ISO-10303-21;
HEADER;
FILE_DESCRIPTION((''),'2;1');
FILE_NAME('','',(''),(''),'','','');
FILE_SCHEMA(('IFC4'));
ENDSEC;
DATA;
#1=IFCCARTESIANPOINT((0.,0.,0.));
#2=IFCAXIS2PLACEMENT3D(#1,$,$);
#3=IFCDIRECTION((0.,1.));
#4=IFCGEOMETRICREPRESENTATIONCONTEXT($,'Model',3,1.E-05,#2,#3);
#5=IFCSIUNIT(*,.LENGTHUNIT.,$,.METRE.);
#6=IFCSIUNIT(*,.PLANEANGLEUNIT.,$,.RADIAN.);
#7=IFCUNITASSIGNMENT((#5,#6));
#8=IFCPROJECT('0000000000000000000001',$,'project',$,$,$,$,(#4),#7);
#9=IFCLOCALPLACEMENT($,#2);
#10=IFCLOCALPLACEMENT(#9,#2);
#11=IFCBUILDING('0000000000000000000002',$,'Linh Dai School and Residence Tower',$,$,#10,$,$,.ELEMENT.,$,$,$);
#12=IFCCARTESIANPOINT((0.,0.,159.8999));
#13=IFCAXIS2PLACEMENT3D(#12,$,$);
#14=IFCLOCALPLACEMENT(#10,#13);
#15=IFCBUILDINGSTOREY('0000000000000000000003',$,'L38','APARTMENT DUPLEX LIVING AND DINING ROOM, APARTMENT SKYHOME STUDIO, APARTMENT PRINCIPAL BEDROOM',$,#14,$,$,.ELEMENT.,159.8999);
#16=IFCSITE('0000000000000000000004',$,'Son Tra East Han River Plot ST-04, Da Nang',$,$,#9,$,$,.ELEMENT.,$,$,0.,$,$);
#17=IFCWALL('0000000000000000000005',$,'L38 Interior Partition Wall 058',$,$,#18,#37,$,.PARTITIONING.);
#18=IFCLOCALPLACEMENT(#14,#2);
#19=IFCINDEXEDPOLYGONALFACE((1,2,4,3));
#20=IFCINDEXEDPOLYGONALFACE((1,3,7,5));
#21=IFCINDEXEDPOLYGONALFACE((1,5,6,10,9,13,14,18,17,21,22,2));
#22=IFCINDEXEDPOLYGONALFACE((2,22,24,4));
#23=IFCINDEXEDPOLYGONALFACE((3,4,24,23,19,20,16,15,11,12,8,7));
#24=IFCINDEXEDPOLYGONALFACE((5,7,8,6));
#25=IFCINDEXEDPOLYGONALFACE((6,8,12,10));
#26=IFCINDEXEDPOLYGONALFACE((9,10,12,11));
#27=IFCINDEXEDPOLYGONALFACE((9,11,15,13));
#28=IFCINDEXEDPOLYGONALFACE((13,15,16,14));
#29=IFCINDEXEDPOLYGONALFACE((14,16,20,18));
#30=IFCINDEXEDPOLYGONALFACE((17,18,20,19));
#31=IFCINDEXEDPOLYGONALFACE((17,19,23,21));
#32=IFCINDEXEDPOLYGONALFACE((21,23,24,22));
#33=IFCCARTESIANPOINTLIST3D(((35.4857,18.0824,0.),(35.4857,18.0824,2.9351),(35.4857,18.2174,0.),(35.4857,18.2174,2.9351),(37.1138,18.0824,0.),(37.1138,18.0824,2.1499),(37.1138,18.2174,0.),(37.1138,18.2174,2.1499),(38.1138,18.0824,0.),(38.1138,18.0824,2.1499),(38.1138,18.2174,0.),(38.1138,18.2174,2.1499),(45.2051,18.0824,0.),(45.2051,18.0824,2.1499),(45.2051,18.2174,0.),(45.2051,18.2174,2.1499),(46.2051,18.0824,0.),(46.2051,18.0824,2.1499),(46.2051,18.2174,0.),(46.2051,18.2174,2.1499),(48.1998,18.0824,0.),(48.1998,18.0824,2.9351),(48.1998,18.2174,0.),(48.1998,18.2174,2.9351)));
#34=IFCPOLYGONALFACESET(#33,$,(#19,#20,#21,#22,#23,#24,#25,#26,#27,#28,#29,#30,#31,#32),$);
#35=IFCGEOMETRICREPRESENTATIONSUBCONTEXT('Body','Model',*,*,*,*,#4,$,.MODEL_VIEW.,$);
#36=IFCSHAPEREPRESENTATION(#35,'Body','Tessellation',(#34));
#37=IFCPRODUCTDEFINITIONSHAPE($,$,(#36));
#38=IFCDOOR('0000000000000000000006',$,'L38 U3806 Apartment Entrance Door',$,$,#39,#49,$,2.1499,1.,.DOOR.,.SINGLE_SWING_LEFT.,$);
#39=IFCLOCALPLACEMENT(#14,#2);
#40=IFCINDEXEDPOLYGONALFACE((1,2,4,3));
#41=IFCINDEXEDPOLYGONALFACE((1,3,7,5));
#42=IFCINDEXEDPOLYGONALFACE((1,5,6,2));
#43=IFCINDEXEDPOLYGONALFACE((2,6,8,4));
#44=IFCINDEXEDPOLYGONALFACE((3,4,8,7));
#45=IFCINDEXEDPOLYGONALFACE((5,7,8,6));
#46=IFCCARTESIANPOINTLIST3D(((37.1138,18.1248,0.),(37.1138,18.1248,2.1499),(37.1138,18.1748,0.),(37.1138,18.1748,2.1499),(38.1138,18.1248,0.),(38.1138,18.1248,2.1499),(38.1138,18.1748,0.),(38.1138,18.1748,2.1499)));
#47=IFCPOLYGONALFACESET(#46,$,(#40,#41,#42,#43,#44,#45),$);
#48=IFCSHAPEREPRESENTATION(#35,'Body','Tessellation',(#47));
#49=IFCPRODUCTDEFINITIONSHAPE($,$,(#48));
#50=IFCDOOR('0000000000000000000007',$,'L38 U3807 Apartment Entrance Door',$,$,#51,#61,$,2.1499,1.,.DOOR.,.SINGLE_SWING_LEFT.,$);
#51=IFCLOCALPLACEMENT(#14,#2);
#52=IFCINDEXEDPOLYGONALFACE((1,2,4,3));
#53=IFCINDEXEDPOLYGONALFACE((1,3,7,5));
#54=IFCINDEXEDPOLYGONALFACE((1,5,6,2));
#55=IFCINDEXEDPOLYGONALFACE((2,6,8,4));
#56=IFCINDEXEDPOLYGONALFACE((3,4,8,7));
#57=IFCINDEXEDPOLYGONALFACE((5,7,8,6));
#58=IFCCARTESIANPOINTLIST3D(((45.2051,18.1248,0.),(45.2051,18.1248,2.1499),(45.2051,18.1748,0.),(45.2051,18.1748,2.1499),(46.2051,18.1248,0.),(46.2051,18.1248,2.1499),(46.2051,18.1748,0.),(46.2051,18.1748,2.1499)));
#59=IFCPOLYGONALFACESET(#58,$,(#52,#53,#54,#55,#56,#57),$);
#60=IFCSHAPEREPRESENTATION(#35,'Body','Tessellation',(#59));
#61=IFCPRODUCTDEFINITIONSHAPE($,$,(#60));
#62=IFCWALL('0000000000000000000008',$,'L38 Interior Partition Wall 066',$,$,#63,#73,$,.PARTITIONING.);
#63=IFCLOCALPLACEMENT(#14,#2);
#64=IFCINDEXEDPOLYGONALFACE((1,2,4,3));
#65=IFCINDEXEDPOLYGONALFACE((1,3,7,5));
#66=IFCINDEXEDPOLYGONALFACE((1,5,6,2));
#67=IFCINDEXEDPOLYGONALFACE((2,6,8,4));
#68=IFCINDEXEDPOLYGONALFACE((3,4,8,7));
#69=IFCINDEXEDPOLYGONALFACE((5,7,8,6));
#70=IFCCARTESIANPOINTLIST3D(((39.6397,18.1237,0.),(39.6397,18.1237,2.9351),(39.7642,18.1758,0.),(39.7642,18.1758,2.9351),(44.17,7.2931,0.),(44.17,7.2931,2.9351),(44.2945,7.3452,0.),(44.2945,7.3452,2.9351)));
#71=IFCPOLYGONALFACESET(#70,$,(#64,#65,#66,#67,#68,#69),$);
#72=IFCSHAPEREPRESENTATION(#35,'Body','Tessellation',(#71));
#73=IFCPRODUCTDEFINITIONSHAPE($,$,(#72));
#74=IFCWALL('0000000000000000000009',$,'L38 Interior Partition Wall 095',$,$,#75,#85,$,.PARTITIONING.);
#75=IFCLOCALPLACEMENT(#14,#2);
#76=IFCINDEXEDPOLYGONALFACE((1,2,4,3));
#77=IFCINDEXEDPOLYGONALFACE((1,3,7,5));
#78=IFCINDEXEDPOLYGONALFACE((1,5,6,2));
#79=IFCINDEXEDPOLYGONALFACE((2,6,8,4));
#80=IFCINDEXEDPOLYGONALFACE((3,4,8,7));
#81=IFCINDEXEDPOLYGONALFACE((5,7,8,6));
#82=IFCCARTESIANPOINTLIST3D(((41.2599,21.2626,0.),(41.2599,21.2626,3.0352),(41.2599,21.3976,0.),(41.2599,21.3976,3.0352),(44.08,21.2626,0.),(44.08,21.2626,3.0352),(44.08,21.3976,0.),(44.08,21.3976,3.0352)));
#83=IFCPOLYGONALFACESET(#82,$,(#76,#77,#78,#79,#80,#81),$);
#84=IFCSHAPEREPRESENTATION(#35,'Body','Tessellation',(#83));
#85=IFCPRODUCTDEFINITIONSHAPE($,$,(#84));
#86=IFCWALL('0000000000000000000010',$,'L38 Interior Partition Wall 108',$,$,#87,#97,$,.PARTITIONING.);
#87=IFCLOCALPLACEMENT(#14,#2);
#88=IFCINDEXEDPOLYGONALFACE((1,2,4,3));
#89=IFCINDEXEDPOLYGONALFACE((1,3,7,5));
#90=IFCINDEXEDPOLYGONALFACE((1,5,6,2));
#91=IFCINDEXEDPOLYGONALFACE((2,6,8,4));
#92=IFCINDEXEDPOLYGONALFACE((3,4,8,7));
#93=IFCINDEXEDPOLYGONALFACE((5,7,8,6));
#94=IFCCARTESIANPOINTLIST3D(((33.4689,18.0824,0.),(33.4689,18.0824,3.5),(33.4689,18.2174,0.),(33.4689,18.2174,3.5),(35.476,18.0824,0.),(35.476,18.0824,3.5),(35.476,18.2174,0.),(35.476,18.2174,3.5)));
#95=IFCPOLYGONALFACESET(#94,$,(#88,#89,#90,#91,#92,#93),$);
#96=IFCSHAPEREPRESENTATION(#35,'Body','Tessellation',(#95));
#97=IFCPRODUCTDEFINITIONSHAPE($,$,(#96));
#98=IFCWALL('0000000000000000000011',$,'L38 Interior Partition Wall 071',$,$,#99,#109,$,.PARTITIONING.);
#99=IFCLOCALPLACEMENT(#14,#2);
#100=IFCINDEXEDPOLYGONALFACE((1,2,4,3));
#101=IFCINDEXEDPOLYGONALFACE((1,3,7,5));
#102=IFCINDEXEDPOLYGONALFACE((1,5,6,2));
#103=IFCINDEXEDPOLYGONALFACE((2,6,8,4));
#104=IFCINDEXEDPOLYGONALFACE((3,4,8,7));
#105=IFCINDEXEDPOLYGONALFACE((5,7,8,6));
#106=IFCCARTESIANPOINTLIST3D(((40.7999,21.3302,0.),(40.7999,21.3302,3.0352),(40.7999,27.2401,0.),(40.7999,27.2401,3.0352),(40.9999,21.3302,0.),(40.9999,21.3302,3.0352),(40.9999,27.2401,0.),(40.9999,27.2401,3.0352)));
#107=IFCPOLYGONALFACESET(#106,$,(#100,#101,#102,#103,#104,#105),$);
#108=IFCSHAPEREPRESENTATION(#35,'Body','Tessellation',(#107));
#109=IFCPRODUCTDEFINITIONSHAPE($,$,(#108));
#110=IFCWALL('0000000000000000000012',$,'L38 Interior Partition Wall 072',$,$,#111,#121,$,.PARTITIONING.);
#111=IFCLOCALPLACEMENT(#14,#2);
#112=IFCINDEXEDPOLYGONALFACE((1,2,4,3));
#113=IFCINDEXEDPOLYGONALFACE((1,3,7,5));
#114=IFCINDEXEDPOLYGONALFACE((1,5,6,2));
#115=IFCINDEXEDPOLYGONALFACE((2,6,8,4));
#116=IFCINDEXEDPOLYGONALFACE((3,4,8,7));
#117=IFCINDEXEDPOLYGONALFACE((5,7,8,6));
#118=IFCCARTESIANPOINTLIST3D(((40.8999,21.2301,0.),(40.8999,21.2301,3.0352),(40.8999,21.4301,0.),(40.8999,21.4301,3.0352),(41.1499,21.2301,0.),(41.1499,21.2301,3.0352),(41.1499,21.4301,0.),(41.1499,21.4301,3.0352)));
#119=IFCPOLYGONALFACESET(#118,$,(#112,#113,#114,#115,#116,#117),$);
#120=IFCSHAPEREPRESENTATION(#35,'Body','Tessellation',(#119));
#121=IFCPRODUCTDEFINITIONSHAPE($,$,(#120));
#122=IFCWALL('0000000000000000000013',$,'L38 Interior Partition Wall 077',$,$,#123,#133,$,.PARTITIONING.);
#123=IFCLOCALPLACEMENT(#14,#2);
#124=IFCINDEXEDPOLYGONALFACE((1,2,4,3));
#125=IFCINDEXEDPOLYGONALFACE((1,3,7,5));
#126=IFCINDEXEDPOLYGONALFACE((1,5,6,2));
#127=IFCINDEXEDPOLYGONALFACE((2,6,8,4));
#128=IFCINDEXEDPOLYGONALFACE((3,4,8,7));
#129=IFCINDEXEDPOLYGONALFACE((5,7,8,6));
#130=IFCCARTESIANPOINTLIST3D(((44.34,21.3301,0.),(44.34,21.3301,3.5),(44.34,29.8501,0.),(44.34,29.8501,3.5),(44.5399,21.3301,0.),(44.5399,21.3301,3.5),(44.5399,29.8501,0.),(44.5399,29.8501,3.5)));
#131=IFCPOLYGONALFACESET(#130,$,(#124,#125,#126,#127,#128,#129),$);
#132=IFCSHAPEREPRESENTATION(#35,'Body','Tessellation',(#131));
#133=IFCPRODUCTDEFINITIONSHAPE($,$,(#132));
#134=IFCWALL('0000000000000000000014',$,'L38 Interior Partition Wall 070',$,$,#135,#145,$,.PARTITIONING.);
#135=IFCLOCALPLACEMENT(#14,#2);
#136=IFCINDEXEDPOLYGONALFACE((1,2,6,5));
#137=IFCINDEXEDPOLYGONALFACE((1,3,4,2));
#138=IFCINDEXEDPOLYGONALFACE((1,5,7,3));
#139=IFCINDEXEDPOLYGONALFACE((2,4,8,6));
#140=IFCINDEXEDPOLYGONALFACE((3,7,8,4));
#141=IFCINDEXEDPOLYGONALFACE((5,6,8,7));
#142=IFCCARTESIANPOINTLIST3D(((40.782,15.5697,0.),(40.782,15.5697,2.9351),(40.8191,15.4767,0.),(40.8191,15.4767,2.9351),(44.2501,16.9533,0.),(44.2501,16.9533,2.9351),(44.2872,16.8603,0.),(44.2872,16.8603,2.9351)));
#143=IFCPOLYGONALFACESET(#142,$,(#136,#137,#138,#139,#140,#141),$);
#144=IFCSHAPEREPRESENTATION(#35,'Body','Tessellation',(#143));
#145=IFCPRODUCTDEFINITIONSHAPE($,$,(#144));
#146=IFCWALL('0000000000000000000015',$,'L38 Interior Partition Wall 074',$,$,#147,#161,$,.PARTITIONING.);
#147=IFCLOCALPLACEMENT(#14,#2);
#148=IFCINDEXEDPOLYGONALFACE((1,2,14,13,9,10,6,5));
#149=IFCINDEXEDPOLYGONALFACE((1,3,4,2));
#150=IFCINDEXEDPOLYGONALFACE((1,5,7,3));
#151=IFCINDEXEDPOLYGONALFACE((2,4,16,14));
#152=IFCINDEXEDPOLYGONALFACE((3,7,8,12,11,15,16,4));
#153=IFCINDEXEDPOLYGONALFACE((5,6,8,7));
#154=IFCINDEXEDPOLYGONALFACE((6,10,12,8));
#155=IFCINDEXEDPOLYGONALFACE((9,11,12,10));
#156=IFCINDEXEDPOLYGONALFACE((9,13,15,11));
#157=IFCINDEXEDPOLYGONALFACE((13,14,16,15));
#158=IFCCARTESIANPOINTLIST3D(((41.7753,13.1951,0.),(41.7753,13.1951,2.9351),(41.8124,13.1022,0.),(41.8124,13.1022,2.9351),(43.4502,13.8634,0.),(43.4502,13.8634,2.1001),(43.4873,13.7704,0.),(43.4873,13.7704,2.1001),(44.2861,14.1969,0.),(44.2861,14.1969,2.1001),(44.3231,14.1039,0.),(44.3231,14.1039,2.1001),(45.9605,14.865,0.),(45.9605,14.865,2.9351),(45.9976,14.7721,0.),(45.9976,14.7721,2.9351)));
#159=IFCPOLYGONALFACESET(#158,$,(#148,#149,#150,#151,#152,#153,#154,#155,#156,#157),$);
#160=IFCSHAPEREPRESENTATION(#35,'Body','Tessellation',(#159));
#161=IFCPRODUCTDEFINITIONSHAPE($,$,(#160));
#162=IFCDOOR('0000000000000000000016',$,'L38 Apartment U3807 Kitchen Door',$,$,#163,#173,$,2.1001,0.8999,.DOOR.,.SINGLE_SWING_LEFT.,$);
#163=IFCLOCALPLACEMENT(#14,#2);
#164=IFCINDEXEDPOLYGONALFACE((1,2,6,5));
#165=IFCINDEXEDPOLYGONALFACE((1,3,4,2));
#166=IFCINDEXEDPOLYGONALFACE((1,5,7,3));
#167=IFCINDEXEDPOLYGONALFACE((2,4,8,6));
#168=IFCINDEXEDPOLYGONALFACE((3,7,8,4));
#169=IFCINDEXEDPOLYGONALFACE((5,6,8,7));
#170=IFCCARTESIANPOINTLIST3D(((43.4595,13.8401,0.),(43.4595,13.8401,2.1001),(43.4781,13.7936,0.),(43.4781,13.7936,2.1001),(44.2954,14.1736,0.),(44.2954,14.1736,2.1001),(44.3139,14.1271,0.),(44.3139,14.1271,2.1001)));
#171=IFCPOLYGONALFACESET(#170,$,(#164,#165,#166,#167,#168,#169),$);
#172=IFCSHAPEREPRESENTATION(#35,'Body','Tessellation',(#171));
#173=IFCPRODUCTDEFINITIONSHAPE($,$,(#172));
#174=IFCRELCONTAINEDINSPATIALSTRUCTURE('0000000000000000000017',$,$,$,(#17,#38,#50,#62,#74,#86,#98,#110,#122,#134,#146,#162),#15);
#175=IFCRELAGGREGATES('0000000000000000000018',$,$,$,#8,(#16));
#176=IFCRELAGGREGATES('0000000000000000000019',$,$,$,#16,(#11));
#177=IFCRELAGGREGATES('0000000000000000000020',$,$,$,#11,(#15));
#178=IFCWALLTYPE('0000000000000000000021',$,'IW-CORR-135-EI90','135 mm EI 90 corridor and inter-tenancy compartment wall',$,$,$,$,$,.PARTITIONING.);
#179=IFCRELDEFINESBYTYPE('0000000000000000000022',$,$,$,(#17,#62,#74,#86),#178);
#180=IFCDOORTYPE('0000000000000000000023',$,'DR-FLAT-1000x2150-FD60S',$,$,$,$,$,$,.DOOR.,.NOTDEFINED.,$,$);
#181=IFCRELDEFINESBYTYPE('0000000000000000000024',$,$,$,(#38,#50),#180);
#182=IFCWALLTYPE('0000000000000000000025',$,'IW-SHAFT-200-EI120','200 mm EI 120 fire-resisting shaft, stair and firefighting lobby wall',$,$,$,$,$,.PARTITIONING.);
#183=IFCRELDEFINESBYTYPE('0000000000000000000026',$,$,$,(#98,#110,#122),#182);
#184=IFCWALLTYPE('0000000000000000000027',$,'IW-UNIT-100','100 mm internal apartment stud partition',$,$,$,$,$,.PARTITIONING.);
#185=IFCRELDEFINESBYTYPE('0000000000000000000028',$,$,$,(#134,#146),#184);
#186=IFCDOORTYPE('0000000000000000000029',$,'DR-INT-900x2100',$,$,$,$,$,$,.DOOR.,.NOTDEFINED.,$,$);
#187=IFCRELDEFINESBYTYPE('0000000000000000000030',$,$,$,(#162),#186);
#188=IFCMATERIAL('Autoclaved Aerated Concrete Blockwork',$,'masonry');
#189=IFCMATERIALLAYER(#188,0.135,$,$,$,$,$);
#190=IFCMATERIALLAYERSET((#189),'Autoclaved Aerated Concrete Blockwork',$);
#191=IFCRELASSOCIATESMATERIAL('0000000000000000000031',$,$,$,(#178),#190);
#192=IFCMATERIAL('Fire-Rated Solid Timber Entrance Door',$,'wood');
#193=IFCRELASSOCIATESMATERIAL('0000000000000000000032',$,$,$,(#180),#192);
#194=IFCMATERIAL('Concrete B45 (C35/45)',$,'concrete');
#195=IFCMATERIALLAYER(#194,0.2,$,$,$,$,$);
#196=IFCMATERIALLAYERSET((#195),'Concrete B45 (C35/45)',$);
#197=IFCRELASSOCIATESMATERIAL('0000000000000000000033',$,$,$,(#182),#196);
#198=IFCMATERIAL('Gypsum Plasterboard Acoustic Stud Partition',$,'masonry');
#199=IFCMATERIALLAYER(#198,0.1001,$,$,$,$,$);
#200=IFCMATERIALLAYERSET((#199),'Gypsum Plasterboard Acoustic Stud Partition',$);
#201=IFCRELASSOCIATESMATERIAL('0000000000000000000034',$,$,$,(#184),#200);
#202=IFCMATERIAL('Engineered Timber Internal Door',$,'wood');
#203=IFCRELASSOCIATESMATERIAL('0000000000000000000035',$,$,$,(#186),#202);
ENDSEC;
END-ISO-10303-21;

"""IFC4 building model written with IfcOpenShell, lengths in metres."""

from ifc_helpers import new_model, si_unit, direction, frame, frame_2d, origin, origin_2d, place, context, subcontext, project, spatial, rectangle, extrude, source, transform, mapped, material, layer, layer_set, type_object, element, fill, save


model = new_model("IFC4")

# Units and contexts
model_context = context("Model", 3, precision=1e-05, world=origin(), true_north=direction((0.0, 1.0)))
body_context = subcontext(model_context, "Body", "Model", "MODEL_VIEW")
ifc_project = project(units=[si_unit("LENGTHUNIT", "METRE"), si_unit("PLANEANGLEUNIT", "RADIAN")], contexts=[model_context])

# Site, building, storey
site_placement = place(None, origin())
site = spatial("IfcSite", under=ifc_project, at=site_placement, Name="Son Tra East Han River Plot ST-04, Da Nang", CompositionType="ELEMENT", RefElevation=0.0)
building_placement = place(site_placement, origin())
building = spatial("IfcBuilding", under=site, at=building_placement, Name="Linh Dai School and Residence Tower", CompositionType="ELEMENT")
storey_placement = place(building_placement, frame((0.0, 0.0, 159.8999)))
storey = spatial("IfcBuildingStorey", under=building, at=storey_placement, Name="L38", Description="APARTMENT DUPLEX LIVING AND DINING ROOM, APARTMENT SKYHOME STUDIO, APARTMENT PRINCIPAL BEDROOM", CompositionType="ELEMENT", Elevation=159.8999)

# Wall, openings, doors
ifc_material_1 = material(Name="Autoclaved Aerated Concrete Blockwork", Category="masonry")
ifc_layer_1 = layer(ifc_material_1, 0.135)
ifc_layer_set_1 = layer_set([ifc_layer_1], Name="Autoclaved Aerated Concrete Blockwork")
wall_type_1 = type_object("IfcWallType", Name="IW-CORR-135-EI90", Description="135 mm EI 90 corridor and inter-tenancy compartment wall", PredefinedType="PARTITIONING", material=ifc_layer_set_1)
wall_1_placement = place(storey_placement, frame((35.4858, 18.1499, 0.0), z_axis=(0.0, 0.0, 1.0), x_axis=(1.0, 0.0, 0.0)))
wall_1 = element("IfcWall", 1, at=wall_1_placement, inside=storey, type_object=wall_type_1, Name="L38 Interior Partition Wall 058", PredefinedType="PARTITIONING", context=body_context, shape_type="SweptSolid", body=[
    extrude(rectangle(XDim=12.7141, YDim=0.135, at=frame_2d((6.3569, 0.0))), origin(), (0.0, 0.0, 1.0), 2.9351),
])
opening_1_placement = place(wall_1_placement, frame((1.6279, 0.0, 0.0)))
opening_1 = element("IfcOpeningElement", 2, at=opening_1_placement, cuts=wall_1, PredefinedType="OPENING", context=body_context, shape_type="SweptSolid", body=[
    extrude(rectangle(XDim=1.0, YDim=2.1499, at=origin_2d()), frame((0.5, 0.0776, 1.075), z_axis=(0.0, -1.0, 0.0), x_axis=(1.0, 0.0, 0.0)), (0.0, 0.0, 1.0), 0.155),
])
opening_2_placement = place(wall_1_placement, frame((9.7192, 0.0, 0.0)))
opening_2 = element("IfcOpeningElement", 3, at=opening_2_placement, cuts=wall_1, PredefinedType="OPENING", context=body_context, shape_type="SweptSolid", body=[
    extrude(rectangle(XDim=1.0, YDim=2.1499, at=origin_2d()), frame((0.5, 0.0776, 1.075), z_axis=(0.0, -1.0, 0.0), x_axis=(1.0, 0.0, 0.0)), (0.0, 0.0, 1.0), 0.155),
])
ifc_material_2 = material(Name="Fire-Rated Solid Timber Entrance Door", Category="wood")
door_type_1 = type_object("IfcDoorType", Name="DR-FLAT-1000x2150-FD60S", OperationType="NOTDEFINED", PredefinedType="DOOR", material=ifc_material_2)
shared_shape_1 = source(origin(), body_context, "Body", "SweptSolid", [
    extrude(rectangle(XDim=1.0, YDim=2.1499, at=origin_2d()), frame((0.5, 0.0249, 1.075), z_axis=(0.0, -1.0, 0.0), x_axis=(1.0, 0.0, 0.0)), (0.0, 0.0, 1.0), 0.05),
])
door_1_placement = place(opening_1_placement, origin())
door_1 = element("IfcDoor", 4, at=door_1_placement, inside=storey, type_object=door_type_1, Name="L38 U3806 Apartment Entrance Door", OperationType="SINGLE_SWING_LEFT", OverallHeight=2.1499, OverallWidth=1.0, PredefinedType="DOOR", context=body_context, shape_type="MappedRepresentation", body=[
    mapped(shared_shape_1, transform((0.0, 0.0, 0.0), x_axis=(1.0, 0.0, 0.0), y_axis=(0.0, 1.0, 0.0), z_axis=(0.0, 0.0, 1.0), scale=1.0)),
])
fill(opening_1, door_1)
door_2_placement = place(opening_2_placement, origin())
door_2 = element("IfcDoor", 5, at=door_2_placement, inside=storey, type_object=door_type_1, Name="L38 U3807 Apartment Entrance Door", OperationType="SINGLE_SWING_LEFT", OverallHeight=2.1499, OverallWidth=1.0, PredefinedType="DOOR", context=body_context, shape_type="MappedRepresentation", body=[
    mapped(shared_shape_1, transform((0.0, 0.0, 0.0), x_axis=(1.0, 0.0, 0.0), y_axis=(0.0, 1.0, 0.0), z_axis=(0.0, 0.0, 1.0), scale=1.0)),
])
fill(opening_2, door_2)

# Walls
wall_2_placement = place(storey_placement, frame((39.7019, 18.1499, 0.0), z_axis=(0.0, 0.0, 1.0), x_axis=(0.385888, -0.922546, 0.0)))
element("IfcWall", 6, at=wall_2_placement, inside=storey, type_object=wall_type_1, Name="L38 Interior Partition Wall 066", PredefinedType="PARTITIONING", context=body_context, shape_type="SweptSolid", body=[
    extrude(rectangle(XDim=11.74, YDim=0.135, at=frame_2d((5.8701, 0.0))), origin(), (0.0, 0.0, 1.0), 2.9351),
])
wall_3_placement = place(storey_placement, frame((44.0801, 21.3301, 0.0), z_axis=(0.0, 0.0, 1.0), x_axis=(-1.0, 0.0, 0.0)))
element("IfcWall", 7, at=wall_3_placement, inside=storey, type_object=wall_type_1, Name="L38 Interior Partition Wall 095", PredefinedType="PARTITIONING", context=body_context, shape_type="SweptSolid", body=[
    extrude(rectangle(XDim=2.8201, YDim=0.135, at=frame_2d((1.4102, 0.0))), origin(), (0.0, 0.0, 1.0), 3.0352),
])
wall_4_placement = place(storey_placement, frame((35.4758, 18.1499, 0.0), z_axis=(0.0, 0.0, 1.0), x_axis=(-1.0, 0.0, 0.0)))
element("IfcWall", 8, at=wall_4_placement, inside=storey, type_object=wall_type_1, Name="L38 Interior Partition Wall 108", PredefinedType="PARTITIONING", context=body_context, shape_type="SweptSolid", body=[
    extrude(rectangle(XDim=2.0071, YDim=0.135, at=frame_2d((1.0034, 0.0))), origin(), (0.0, 0.0, 1.0), 3.5),
])
ifc_material_3 = material(Name="Concrete B45 (C35/45)", Category="concrete")
ifc_layer_2 = layer(ifc_material_3, 0.2)
ifc_layer_set_2 = layer_set([ifc_layer_2], Name="Concrete B45 (C35/45)")
wall_type_2 = type_object("IfcWallType", Name="IW-SHAFT-200-EI120", Description="200 mm EI 120 fire-resisting shaft, stair and firefighting lobby wall", PredefinedType="PARTITIONING", material=ifc_layer_set_2)
wall_5_placement = place(storey_placement, frame((40.8999, 21.3301, 0.0), z_axis=(0.0, 0.0, 1.0), x_axis=(0.0, 1.0, 0.0)))
element("IfcWall", 9, at=wall_5_placement, inside=storey, type_object=wall_type_2, Name="L38 Interior Partition Wall 071", PredefinedType="PARTITIONING", context=body_context, shape_type="SweptSolid", body=[
    extrude(rectangle(XDim=5.9099, YDim=0.2, at=frame_2d((2.9551, 0.0))), origin(), (0.0, 0.0, 1.0), 3.0352),
])
wall_6_placement = place(storey_placement, frame((40.8999, 21.3301, 0.0), z_axis=(0.0, 0.0, 1.0), x_axis=(1.0, 0.0, 0.0)))
element("IfcWall", 10, at=wall_6_placement, inside=storey, type_object=wall_type_2, Name="L38 Interior Partition Wall 072", PredefinedType="PARTITIONING", context=body_context, shape_type="SweptSolid", body=[
    extrude(rectangle(XDim=0.25, YDim=0.2, at=frame_2d((0.125, 0.0))), origin(), (0.0, 0.0, 1.0), 3.0352),
])
wall_7_placement = place(storey_placement, frame((44.4399, 21.3301, 0.0), z_axis=(0.0, 0.0, 1.0), x_axis=(0.0, 1.0, 0.0)))
element("IfcWall", 11, at=wall_7_placement, inside=storey, type_object=wall_type_2, Name="L38 Interior Partition Wall 077", PredefinedType="PARTITIONING", context=body_context, shape_type="SweptSolid", body=[
    extrude(rectangle(XDim=8.52, YDim=0.2, at=frame_2d((4.26, 0.0))), origin(), (0.0, 0.0, 1.0), 3.5),
])
ifc_material_4 = material(Name="Gypsum Plasterboard Acoustic Stud Partition", Category="masonry")
ifc_layer_3 = layer(ifc_material_4, 0.1001)
ifc_layer_set_3 = layer_set([ifc_layer_3], Name="Gypsum Plasterboard Acoustic Stud Partition")
wall_type_3 = type_object("IfcWallType", Name="IW-UNIT-100", Description="100 mm internal apartment stud partition", PredefinedType="PARTITIONING", material=ifc_layer_set_3)
wall_8_placement = place(storey_placement, frame((40.8005, 15.5232, 0.0), z_axis=(0.0, 0.0, 1.0), x_axis=(0.928815, 0.370545, 0.0)))
element("IfcWall", 12, at=wall_8_placement, inside=storey, type_object=wall_type_3, Name="L38 Interior Partition Wall 070", PredefinedType="PARTITIONING", context=body_context, shape_type="SweptSolid", body=[
    extrude(rectangle(XDim=3.7339, YDim=0.1001, at=frame_2d((1.8669, 0.0))), origin(), (0.0, 0.0, 1.0), 2.9351),
])

# Wall, opening, door
wall_9_placement = place(storey_placement, frame((41.7939, 13.1487, 0.0), z_axis=(0.0, 0.0, 1.0), x_axis=(0.928798, 0.370587, 0.0)))
wall_9 = element("IfcWall", 13, at=wall_9_placement, inside=storey, type_object=wall_type_3, Name="L38 Interior Partition Wall 074", PredefinedType="PARTITIONING", context=body_context, shape_type="SweptSolid", body=[
    extrude(rectangle(XDim=4.5061, YDim=0.1001, at=frame_2d((2.2529, 0.0))), origin(), (0.0, 0.0, 1.0), 2.9351),
])
opening_3_placement = place(wall_9_placement, frame((1.8032, 0.0, 0.0)))
opening_3 = element("IfcOpeningElement", 14, at=opening_3_placement, cuts=wall_9, PredefinedType="OPENING", context=body_context, shape_type="SweptSolid", body=[
    extrude(rectangle(XDim=0.8999, YDim=2.1001, at=origin_2d()), frame((0.45, 0.0601, 1.05), z_axis=(0.0, -1.0, 0.0), x_axis=(1.0, 0.0, 0.0)), (0.0, 0.0, 1.0), 0.1201),
])
ifc_material_5 = material(Name="Engineered Timber Internal Door", Category="wood")
door_type_2 = type_object("IfcDoorType", Name="DR-INT-900x2100", OperationType="NOTDEFINED", PredefinedType="DOOR", material=ifc_material_5)
shared_shape_2 = source(origin(), body_context, "Body", "SweptSolid", [
    extrude(rectangle(XDim=0.8999, YDim=2.1001, at=origin_2d()), frame((0.45, 0.0249, 1.05), z_axis=(0.0, -1.0, 0.0), x_axis=(1.0, 0.0, 0.0)), (0.0, 0.0, 1.0), 0.05),
])
door_3_placement = place(opening_3_placement, origin())
door_3 = element("IfcDoor", 15, at=door_3_placement, inside=storey, type_object=door_type_2, Name="L38 Apartment U3807 Kitchen Door", OperationType="SINGLE_SWING_LEFT", OverallHeight=2.1001, OverallWidth=0.8999, PredefinedType="DOOR", context=body_context, shape_type="MappedRepresentation", body=[
    mapped(shared_shape_2, transform((0.0, 0.0, 0.0), x_axis=(1.0, 0.0, 0.0), y_axis=(0.0, 1.0, 0.0), z_axis=(0.0, 0.0, 1.0), scale=1.0)),
])
fill(opening_3, door_3)

save(model, "model.ifc")
